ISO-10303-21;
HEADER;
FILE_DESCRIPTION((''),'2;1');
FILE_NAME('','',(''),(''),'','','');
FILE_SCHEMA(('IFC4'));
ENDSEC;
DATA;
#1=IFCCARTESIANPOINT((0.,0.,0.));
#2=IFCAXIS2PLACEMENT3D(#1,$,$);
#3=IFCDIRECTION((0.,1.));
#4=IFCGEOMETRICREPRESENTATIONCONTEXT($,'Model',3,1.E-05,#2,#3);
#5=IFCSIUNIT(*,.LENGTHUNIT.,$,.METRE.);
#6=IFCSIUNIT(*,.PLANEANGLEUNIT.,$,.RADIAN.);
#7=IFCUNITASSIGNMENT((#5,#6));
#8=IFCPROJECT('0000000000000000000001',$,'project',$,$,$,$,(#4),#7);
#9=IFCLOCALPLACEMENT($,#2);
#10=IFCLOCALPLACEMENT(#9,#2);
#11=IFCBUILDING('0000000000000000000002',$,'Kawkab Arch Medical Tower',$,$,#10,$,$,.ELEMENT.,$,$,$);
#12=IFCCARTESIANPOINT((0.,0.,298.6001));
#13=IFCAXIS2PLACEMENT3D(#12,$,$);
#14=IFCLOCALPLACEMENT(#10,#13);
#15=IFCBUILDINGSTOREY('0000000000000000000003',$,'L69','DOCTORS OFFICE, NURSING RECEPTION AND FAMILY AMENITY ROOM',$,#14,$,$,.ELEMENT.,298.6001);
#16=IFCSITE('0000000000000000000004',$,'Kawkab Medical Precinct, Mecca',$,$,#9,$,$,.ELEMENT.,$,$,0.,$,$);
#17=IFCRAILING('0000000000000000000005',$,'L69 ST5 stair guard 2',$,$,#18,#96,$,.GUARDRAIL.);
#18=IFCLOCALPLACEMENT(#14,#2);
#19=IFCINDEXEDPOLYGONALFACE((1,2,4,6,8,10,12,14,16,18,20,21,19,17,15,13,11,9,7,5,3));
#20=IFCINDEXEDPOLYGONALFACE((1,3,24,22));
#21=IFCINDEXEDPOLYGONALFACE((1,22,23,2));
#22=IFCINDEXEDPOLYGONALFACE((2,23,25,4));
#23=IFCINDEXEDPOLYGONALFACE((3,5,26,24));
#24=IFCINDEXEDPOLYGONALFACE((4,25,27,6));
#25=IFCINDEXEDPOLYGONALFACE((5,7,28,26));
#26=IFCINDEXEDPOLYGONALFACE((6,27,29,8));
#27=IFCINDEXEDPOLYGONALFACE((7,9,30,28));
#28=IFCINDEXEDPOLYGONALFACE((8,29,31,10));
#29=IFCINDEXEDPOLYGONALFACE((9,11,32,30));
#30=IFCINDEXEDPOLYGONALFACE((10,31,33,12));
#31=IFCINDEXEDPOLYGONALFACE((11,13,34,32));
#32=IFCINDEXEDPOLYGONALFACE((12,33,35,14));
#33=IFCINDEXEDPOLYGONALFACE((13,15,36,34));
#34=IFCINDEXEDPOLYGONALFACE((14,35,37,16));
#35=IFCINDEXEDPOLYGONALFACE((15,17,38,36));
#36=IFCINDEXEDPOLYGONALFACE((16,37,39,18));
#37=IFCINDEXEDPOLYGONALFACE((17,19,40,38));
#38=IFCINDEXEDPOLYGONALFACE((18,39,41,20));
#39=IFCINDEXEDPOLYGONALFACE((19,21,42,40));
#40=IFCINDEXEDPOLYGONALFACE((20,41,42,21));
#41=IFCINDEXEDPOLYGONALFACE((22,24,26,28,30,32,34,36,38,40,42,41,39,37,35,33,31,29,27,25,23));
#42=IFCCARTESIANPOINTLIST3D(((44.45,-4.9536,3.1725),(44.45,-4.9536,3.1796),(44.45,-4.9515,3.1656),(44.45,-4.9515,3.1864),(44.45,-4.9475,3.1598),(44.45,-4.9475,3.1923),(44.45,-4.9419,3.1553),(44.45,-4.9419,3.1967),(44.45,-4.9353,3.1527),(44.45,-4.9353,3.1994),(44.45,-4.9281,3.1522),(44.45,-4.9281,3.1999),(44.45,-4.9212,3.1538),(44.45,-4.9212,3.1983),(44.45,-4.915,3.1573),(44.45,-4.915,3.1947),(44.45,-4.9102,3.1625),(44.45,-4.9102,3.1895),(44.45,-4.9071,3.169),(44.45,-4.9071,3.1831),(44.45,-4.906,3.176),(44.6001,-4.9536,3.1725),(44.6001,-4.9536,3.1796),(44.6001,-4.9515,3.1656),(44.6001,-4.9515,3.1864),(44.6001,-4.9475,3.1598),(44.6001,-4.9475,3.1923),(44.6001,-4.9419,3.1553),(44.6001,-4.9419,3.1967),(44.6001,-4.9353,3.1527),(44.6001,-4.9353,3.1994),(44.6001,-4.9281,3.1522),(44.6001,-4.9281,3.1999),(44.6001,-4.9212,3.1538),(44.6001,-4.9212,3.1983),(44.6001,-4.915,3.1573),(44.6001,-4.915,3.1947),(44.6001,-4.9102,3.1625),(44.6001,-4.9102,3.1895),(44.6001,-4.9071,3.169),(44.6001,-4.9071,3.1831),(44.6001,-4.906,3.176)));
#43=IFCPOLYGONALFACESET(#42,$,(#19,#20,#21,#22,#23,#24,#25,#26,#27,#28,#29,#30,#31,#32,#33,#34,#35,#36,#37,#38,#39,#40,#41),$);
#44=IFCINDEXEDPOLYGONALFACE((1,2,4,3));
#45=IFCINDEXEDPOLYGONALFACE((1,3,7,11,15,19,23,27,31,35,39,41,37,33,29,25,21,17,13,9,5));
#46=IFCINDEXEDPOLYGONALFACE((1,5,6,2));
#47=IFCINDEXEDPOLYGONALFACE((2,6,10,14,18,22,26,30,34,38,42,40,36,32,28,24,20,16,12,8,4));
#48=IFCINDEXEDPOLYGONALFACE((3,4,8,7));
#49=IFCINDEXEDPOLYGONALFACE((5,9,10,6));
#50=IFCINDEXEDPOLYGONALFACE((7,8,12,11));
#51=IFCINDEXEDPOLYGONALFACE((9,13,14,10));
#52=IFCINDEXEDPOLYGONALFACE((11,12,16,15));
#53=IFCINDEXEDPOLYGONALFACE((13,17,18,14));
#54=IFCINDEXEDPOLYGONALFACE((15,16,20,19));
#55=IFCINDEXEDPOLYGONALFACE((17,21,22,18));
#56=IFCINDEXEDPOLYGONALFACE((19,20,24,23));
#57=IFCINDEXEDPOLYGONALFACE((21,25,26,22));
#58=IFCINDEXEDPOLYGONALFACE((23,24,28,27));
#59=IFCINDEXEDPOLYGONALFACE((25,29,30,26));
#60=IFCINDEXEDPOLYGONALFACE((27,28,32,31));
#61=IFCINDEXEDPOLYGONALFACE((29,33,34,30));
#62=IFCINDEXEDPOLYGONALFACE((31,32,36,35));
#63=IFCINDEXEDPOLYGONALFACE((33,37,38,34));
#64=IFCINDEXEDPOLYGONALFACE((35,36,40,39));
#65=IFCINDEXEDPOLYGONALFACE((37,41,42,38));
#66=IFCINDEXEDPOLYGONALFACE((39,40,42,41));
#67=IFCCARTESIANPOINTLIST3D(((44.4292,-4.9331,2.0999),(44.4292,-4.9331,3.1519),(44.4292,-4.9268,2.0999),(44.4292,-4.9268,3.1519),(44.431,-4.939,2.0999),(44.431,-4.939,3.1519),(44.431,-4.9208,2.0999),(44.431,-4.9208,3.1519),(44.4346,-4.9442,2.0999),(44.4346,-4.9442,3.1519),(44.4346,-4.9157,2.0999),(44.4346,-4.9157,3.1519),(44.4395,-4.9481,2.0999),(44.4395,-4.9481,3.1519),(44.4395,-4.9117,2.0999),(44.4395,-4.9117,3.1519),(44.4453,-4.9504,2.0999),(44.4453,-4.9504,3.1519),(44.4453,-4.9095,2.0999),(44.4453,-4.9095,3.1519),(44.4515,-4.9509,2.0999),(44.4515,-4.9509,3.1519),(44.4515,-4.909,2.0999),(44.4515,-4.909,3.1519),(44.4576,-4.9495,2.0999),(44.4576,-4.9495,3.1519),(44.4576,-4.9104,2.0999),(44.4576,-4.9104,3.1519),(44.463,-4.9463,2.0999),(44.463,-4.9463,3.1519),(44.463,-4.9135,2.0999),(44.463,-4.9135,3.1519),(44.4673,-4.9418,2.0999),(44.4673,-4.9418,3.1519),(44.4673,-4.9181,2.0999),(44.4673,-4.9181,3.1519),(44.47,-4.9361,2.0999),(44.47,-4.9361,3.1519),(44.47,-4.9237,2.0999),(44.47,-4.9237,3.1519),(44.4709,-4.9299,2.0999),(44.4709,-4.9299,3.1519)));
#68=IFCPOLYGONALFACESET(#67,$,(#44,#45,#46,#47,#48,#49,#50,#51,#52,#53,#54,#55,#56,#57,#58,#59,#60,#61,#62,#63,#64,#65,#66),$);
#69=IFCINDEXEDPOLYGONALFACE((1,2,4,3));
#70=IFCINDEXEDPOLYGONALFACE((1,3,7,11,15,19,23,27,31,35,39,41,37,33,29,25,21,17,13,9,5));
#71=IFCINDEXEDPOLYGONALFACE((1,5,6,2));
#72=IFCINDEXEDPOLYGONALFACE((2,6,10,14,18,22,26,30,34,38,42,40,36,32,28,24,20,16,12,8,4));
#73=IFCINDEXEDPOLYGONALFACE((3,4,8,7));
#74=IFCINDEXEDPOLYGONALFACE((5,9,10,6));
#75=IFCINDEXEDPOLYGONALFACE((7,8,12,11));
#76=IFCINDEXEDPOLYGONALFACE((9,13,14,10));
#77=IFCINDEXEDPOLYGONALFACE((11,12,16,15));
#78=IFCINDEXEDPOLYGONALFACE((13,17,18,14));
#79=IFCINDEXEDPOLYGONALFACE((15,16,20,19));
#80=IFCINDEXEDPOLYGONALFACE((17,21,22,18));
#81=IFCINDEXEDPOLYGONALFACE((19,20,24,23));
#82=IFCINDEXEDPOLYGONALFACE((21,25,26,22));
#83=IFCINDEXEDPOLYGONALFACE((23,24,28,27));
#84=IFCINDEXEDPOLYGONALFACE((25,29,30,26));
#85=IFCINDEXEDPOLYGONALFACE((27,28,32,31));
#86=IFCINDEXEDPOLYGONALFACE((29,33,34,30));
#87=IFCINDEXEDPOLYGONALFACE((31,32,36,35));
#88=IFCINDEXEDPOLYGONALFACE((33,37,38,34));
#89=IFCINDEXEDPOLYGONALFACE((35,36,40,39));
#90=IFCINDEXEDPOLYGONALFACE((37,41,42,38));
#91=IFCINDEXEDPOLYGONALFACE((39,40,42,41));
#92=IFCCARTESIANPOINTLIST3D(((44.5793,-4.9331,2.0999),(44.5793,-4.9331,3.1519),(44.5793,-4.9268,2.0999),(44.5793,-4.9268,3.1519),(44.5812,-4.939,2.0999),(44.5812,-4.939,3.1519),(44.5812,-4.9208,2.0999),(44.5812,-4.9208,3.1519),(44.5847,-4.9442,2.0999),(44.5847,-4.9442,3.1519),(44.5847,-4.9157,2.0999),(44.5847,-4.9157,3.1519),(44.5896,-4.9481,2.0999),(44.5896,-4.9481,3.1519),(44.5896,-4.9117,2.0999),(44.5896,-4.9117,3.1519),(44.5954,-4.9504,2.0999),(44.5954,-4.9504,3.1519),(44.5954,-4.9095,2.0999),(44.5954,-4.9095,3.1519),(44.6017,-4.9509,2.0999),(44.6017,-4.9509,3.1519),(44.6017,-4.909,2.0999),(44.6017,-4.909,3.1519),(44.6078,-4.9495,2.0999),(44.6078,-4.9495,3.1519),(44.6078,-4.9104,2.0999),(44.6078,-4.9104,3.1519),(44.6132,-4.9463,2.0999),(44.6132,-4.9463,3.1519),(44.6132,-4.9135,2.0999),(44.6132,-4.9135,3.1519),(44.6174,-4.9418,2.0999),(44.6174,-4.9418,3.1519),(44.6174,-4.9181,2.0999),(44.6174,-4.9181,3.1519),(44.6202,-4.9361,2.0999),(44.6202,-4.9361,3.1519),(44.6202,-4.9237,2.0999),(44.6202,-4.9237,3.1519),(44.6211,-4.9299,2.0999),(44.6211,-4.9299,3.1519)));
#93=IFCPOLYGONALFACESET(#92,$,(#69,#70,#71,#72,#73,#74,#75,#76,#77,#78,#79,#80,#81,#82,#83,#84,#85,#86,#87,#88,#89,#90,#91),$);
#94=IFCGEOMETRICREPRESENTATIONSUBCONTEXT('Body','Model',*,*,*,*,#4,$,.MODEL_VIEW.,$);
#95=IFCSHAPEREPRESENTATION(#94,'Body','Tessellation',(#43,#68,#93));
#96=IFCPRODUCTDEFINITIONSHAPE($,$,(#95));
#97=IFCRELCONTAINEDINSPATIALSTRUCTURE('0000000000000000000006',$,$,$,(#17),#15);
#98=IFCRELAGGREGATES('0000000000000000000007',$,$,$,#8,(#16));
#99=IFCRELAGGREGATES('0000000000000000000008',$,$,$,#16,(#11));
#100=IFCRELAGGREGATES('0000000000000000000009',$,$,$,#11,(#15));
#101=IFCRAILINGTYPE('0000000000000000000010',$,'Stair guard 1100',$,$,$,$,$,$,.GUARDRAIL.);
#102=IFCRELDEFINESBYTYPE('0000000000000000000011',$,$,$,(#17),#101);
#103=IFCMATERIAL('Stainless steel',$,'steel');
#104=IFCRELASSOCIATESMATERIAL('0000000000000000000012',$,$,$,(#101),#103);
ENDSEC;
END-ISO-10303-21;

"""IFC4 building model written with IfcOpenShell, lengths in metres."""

from ifc_helpers import new_model, si_unit, direction, frame, origin, origin_2d, place, context, subcontext, project, spatial, circle, extrude, material, type_object, element, save


model = new_model("IFC4")

# Units and contexts
model_context = context("Model", 3, precision=1e-05, world=origin(), true_north=direction((0.0, 1.0)))
body_context = subcontext(model_context, "Body", "Model", "MODEL_VIEW")
ifc_project = project(units=[si_unit("LENGTHUNIT", "METRE"), si_unit("PLANEANGLEUNIT", "RADIAN")], contexts=[model_context])

# Site, building, storey
site_placement = place(None, origin())
site = spatial("IfcSite", under=ifc_project, at=site_placement, Name="Kawkab Medical Precinct, Mecca", CompositionType="ELEMENT", RefElevation=0.0)
building_placement = place(site_placement, origin())
building = spatial("IfcBuilding", under=site, at=building_placement, Name="Kawkab Arch Medical Tower", CompositionType="ELEMENT")
storey_placement = place(building_placement, frame((0.0, 0.0, 298.6001)))
storey = spatial("IfcBuildingStorey", under=building, at=storey_placement, Name="L69", Description="DOCTORS OFFICE, NURSING RECEPTION AND FAMILY AMENITY ROOM", CompositionType="ELEMENT", Elevation=298.6001)

# Railing
ifc_material_1 = material(Name="Stainless steel", Category="steel")
railing_type = type_object("IfcRailingType", Name="Stair guard 1100", PredefinedType="GUARDRAIL", material=ifc_material_1)
railing_1_placement = place(storey_placement, frame((44.45, -4.9299, 2.0999)))
element("IfcRailing", 1, at=railing_1_placement, inside=storey, type_object=railing_type, Name="L69 ST5 stair guard 2", PredefinedType="GUARDRAIL", context=body_context, shape_type="SweptSolid", body=[
    extrude(circle(Radius=0.0239, at=origin_2d()), frame((0.0, 0.0, 1.0762), z_axis=(1.0, 0.0, 0.0), x_axis=(0.0, 1.0, 0.0)), (0.0, 0.0, 1.0), 0.1501),
    extrude(circle(Radius=0.021, at=origin_2d()), origin(), (0.0, 0.0, 1.0), 1.052),
    extrude(circle(Radius=0.021, at=origin_2d()), frame((0.1501, 0.0, 0.0)), (0.0, 0.0, 1.0), 1.052),
])

save(model, "model.ifc")
